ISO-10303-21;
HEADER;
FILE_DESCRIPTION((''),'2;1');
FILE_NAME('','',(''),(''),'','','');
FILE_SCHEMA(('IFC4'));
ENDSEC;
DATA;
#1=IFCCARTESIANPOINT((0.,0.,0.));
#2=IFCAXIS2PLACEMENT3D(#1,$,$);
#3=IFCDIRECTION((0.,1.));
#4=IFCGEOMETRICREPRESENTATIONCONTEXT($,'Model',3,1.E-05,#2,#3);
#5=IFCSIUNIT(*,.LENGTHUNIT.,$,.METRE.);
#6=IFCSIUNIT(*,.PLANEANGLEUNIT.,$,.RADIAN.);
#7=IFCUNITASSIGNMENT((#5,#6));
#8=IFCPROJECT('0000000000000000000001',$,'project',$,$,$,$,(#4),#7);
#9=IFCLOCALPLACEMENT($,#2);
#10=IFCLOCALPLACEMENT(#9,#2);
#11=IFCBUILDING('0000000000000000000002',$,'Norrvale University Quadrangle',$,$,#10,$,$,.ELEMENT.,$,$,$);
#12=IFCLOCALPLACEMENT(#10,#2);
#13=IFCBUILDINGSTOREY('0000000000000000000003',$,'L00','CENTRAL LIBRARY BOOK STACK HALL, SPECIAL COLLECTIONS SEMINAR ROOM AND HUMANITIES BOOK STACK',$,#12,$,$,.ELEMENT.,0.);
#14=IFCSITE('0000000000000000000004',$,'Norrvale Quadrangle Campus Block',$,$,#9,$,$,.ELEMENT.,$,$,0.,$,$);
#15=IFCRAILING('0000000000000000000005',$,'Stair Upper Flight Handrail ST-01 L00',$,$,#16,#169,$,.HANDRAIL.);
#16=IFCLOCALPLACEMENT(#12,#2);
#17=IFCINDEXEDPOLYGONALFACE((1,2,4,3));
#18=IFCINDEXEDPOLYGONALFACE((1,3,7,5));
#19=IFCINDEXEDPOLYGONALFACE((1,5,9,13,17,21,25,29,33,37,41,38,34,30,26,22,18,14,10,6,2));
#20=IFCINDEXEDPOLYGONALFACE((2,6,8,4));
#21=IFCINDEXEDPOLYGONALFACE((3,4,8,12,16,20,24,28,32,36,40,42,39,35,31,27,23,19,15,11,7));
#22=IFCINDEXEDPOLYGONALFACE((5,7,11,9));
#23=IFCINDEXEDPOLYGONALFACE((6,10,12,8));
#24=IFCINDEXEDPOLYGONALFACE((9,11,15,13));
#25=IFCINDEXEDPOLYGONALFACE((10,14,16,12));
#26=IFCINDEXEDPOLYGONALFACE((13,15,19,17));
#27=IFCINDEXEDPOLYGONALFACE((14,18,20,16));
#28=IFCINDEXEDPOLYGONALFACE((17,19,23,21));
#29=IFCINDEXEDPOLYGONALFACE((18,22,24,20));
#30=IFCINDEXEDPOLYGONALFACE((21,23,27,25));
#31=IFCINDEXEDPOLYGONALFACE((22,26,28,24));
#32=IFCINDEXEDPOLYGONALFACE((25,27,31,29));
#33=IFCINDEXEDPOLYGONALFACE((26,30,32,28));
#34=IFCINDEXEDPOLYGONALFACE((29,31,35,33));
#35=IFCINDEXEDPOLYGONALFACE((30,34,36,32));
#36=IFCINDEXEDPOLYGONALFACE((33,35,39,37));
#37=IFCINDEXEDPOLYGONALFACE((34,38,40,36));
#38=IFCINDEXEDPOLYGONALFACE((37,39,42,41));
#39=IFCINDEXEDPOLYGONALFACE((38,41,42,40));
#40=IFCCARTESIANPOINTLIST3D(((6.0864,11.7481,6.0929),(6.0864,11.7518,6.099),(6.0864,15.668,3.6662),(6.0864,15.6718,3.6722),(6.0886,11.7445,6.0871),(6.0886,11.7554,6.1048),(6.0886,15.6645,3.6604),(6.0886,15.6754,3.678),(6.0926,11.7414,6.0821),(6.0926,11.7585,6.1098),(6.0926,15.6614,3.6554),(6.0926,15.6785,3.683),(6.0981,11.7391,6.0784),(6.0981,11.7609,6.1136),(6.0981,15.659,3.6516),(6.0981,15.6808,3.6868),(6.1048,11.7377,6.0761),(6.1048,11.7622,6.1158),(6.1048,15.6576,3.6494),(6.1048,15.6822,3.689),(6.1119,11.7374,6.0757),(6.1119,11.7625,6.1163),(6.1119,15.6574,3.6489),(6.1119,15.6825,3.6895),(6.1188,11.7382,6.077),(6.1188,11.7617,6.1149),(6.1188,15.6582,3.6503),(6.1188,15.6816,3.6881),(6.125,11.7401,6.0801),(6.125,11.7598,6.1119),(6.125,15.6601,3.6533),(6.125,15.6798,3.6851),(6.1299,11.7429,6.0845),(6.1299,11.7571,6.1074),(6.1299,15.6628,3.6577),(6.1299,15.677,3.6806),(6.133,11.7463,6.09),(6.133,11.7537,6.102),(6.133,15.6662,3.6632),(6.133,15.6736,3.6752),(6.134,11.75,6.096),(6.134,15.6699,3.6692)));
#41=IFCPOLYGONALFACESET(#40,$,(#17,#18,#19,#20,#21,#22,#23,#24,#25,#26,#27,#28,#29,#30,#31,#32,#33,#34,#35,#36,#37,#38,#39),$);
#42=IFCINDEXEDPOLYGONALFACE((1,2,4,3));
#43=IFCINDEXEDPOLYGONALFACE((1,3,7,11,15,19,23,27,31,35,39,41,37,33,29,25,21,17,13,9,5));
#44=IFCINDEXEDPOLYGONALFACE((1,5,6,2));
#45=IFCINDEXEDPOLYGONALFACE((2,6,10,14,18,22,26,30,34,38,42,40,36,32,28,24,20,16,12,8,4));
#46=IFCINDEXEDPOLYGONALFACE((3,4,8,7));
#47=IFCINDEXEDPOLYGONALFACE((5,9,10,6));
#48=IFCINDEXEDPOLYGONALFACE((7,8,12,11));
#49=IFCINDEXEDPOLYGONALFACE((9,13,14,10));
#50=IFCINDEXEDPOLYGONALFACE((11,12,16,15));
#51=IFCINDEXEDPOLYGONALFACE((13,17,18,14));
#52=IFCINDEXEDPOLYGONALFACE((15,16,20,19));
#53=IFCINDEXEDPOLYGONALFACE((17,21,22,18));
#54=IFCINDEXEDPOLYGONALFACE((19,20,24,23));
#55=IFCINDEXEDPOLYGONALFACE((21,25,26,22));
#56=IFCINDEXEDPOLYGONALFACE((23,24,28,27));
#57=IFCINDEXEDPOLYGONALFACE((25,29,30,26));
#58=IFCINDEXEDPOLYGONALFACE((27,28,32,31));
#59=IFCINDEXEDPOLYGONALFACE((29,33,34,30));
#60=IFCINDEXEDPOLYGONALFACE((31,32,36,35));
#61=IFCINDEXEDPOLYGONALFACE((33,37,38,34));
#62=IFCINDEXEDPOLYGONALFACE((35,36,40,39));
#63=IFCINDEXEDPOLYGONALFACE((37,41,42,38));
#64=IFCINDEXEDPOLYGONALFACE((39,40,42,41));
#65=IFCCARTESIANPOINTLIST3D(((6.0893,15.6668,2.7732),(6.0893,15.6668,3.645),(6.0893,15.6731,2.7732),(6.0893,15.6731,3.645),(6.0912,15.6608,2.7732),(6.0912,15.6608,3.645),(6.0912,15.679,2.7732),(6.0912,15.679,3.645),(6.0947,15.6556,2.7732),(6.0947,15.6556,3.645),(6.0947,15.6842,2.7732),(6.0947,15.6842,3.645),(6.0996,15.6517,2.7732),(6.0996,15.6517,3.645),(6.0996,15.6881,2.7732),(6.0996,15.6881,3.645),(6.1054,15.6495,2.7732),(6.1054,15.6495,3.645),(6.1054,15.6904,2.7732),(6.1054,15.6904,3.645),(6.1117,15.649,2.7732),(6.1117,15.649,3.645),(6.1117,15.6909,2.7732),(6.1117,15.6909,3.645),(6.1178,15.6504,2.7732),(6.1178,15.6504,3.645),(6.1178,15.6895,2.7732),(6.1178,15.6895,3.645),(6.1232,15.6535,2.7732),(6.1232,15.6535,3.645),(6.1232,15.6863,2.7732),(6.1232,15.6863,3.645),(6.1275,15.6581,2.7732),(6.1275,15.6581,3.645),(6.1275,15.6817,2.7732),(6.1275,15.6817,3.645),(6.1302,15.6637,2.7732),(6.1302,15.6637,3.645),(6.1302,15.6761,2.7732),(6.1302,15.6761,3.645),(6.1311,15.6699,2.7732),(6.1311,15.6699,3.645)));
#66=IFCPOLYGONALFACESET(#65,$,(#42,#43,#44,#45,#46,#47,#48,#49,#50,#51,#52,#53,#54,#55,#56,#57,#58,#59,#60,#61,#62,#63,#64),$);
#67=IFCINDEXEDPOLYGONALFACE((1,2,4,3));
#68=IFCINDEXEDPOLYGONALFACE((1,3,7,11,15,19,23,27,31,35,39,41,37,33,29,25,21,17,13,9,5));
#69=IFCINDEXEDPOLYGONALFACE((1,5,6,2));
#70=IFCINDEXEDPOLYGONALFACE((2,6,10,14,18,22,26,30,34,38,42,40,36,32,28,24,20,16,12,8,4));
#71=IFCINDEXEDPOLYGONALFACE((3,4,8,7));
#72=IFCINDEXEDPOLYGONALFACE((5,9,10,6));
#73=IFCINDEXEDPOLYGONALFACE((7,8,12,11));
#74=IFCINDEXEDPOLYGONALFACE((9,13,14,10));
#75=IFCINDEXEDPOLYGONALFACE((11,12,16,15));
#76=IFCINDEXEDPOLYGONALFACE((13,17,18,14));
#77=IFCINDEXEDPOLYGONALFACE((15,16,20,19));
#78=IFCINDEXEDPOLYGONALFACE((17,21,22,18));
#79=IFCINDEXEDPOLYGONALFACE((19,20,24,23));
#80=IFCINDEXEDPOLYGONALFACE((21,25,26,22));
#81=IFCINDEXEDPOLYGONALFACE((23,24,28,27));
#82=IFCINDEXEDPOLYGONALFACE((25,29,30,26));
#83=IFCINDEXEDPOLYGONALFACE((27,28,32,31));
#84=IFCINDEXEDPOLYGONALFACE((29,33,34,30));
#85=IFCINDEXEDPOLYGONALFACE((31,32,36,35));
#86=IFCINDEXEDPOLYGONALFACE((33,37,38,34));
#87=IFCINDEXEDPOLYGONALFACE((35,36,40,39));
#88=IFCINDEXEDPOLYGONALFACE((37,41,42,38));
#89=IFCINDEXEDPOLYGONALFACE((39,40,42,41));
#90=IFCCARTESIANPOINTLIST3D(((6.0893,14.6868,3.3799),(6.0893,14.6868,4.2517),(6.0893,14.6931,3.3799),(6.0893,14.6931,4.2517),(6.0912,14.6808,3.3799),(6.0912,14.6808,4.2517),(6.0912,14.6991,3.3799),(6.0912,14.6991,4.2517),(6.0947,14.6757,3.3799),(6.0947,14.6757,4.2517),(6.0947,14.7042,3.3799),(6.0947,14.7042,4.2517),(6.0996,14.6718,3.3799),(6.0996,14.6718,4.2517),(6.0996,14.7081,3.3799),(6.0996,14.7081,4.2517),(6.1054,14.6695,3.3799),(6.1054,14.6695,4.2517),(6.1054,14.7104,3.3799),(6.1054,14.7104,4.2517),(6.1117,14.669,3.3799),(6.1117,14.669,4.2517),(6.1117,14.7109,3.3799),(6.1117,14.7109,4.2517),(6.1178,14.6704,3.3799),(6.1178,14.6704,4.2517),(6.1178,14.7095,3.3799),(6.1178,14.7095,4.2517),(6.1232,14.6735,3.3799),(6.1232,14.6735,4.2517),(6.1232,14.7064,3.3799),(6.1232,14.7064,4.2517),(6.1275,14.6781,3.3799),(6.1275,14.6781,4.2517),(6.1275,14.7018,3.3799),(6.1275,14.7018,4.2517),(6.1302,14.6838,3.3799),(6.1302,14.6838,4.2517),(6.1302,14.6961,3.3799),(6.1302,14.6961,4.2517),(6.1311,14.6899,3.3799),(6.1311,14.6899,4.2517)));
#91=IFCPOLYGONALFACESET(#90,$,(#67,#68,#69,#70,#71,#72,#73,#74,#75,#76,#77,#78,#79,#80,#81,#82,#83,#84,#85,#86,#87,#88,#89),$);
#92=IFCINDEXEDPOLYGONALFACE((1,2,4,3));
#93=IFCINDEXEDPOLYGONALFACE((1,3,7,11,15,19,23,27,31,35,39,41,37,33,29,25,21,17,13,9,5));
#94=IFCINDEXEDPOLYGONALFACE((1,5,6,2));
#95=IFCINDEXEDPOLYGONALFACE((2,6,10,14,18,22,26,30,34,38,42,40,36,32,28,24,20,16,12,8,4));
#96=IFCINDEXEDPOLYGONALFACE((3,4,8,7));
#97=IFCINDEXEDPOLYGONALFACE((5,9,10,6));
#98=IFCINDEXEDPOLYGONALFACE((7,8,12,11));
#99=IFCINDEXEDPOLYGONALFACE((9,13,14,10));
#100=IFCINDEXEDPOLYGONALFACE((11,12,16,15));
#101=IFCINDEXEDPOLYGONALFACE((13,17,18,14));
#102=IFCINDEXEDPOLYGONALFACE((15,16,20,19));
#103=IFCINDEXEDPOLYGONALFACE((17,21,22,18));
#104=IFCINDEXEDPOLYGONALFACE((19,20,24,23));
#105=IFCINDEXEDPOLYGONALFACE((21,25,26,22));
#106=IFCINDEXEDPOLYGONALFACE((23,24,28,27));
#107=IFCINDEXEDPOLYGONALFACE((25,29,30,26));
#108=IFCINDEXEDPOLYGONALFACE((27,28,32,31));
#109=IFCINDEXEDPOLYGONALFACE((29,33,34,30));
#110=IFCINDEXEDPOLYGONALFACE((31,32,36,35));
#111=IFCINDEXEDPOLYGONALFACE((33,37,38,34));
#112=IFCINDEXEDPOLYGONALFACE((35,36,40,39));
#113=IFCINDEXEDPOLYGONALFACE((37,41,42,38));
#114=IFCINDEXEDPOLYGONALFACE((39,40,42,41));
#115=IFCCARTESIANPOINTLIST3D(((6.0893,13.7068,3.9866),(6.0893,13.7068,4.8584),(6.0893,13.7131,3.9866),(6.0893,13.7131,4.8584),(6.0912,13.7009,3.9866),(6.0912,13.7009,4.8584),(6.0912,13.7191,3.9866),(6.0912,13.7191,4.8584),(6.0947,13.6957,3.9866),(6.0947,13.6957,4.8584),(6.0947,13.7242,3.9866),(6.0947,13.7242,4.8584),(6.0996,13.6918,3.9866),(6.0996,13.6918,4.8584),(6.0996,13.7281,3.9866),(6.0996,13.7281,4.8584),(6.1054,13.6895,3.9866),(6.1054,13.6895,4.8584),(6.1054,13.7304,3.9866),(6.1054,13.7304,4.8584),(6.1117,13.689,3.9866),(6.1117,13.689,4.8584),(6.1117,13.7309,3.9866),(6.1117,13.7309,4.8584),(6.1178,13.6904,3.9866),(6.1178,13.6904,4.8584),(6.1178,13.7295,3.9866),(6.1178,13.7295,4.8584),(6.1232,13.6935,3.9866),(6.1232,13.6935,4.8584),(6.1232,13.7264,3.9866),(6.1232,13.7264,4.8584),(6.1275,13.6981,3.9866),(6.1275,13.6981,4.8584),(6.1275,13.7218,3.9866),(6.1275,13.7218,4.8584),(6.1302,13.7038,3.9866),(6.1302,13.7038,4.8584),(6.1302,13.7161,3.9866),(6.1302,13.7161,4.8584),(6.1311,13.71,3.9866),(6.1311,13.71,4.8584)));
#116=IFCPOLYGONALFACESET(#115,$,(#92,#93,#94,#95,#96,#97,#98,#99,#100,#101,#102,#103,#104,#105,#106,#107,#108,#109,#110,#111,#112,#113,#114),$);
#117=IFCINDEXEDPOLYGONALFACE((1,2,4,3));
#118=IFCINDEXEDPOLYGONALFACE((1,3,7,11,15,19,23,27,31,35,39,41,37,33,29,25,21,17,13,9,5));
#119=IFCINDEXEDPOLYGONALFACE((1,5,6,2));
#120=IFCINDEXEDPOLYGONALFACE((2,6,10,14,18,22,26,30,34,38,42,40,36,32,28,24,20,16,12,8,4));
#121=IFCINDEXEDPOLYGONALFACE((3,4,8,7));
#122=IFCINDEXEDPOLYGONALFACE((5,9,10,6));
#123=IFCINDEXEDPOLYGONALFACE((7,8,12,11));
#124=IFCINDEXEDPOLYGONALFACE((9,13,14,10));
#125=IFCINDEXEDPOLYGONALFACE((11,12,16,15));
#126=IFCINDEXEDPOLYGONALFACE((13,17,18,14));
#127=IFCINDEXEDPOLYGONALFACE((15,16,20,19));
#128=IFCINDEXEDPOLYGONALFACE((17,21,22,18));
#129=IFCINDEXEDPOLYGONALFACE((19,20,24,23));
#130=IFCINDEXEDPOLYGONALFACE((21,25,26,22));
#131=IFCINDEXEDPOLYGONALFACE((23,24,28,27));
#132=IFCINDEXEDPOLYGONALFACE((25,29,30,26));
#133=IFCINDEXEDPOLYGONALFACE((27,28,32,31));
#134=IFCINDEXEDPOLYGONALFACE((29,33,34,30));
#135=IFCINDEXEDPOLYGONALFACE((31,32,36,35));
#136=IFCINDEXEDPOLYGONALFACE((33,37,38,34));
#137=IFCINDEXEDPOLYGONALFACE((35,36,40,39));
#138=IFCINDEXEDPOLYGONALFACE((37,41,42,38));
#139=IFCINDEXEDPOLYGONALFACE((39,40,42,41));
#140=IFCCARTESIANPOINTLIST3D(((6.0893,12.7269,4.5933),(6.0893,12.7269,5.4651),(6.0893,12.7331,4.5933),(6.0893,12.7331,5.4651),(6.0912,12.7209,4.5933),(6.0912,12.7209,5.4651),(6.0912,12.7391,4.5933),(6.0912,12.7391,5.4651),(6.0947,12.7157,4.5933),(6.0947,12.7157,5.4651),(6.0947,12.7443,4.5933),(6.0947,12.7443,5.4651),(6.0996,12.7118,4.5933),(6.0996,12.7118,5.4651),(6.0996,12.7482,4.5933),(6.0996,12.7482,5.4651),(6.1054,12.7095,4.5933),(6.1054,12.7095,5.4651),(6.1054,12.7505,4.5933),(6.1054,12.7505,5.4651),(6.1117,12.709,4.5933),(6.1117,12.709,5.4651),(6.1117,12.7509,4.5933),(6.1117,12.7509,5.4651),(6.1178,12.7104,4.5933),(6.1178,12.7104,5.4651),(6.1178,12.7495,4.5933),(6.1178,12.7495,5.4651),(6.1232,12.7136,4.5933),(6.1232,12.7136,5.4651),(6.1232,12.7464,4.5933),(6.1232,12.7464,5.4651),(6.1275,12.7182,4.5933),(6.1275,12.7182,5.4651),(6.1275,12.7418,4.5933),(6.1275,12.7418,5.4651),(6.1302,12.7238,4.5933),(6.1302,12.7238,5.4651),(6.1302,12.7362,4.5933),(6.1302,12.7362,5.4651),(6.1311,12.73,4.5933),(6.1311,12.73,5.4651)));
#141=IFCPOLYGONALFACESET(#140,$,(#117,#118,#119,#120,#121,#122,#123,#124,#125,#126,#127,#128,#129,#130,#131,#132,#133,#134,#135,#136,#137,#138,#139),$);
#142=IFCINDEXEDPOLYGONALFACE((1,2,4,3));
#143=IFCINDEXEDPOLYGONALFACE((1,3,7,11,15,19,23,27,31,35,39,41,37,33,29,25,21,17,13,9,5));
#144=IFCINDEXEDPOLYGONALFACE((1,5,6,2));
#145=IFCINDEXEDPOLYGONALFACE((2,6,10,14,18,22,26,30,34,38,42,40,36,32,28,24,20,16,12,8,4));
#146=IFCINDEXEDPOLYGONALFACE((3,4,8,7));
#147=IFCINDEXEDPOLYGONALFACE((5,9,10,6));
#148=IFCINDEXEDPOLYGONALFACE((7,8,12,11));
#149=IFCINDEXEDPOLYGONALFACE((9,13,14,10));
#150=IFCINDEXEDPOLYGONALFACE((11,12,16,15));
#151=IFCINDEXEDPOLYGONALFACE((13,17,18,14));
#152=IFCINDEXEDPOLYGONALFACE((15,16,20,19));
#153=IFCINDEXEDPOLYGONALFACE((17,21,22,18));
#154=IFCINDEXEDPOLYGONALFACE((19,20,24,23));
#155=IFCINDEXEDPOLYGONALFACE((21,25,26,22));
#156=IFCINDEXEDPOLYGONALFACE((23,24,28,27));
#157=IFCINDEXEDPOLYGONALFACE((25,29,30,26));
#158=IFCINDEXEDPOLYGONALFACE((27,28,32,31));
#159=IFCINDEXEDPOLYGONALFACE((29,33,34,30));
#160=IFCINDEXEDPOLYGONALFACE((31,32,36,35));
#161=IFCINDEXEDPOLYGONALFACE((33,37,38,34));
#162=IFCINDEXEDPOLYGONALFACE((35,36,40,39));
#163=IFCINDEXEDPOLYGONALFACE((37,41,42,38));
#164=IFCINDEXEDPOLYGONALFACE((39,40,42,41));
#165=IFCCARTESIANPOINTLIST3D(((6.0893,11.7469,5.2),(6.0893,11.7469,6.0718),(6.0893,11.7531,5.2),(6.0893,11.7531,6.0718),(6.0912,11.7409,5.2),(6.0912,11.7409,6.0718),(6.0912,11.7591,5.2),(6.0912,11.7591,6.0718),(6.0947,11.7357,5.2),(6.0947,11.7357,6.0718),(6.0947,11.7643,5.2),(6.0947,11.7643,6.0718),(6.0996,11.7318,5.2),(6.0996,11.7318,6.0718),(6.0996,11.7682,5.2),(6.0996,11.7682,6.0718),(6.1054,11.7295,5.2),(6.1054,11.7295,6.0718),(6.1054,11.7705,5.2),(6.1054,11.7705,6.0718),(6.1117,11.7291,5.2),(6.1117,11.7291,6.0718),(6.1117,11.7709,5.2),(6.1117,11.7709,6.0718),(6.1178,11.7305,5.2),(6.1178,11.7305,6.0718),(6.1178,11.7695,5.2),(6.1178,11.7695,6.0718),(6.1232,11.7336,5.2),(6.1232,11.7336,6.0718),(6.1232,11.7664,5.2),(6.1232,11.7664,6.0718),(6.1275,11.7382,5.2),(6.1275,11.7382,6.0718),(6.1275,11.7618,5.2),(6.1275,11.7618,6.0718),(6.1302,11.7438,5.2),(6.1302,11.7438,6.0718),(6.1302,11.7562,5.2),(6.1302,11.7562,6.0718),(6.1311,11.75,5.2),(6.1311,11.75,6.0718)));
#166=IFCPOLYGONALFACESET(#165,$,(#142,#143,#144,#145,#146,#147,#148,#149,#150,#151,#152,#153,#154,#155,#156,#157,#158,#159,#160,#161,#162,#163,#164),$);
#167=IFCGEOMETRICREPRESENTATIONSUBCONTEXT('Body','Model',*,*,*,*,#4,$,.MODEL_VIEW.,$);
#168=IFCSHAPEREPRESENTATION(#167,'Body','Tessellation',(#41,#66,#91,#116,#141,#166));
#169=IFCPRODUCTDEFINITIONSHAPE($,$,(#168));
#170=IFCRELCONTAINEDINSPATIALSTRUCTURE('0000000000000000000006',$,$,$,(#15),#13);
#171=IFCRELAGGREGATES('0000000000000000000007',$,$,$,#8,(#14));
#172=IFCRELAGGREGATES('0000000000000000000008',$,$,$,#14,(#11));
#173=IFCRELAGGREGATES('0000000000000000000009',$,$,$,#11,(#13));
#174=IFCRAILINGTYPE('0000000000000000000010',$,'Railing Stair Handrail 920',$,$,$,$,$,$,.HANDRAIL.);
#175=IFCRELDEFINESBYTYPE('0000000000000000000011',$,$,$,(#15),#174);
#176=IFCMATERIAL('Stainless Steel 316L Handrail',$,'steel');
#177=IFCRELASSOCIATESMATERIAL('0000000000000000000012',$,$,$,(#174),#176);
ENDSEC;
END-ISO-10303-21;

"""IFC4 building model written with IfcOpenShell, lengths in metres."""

from ifc_helpers import new_model, si_unit, direction, frame, origin, origin_2d, place, context, subcontext, project, spatial, circle, extrude, material, type_object, element, save


model = new_model("IFC4")

# Units and contexts
model_context = context("Model", 3, precision=1e-05, world=origin(), true_north=direction((0.0, 1.0)))
body_context = subcontext(model_context, "Body", "Model", "MODEL_VIEW")
ifc_project = project(units=[si_unit("LENGTHUNIT", "METRE"), si_unit("PLANEANGLEUNIT", "RADIAN")], contexts=[model_context])

# Site, building, storey
site_placement = place(None, origin())
site = spatial("IfcSite", under=ifc_project, at=site_placement, Name="Norrvale Quadrangle Campus Block", CompositionType="ELEMENT", RefElevation=0.0)
building_placement = place(site_placement, origin())
building = spatial("IfcBuilding", under=site, at=building_placement, Name="Norrvale University Quadrangle", CompositionType="ELEMENT")
storey_placement = place(building_placement, origin())
storey = spatial("IfcBuildingStorey", under=building, at=storey_placement, Name="L00", Description="CENTRAL LIBRARY BOOK STACK HALL, SPECIAL COLLECTIONS SEMINAR ROOM AND HUMANITIES BOOK STACK", CompositionType="ELEMENT", Elevation=0.0)

# Railing
ifc_material_1 = material(Name="Stainless Steel 316L Handrail", Category="steel")
railing_type_1 = type_object("IfcRailingType", Name="Railing Stair Handrail 920", PredefinedType="HANDRAIL", material=ifc_material_1)
railing_1_placement = place(storey_placement, frame((6.1101, 15.6699, 2.7732)))
element("IfcRailing", 1, at=railing_1_placement, inside=storey, type_object=railing_type_1, Name="Stair Upper Flight Handrail ST-01 L00", PredefinedType="HANDRAIL", context=body_context, shape_type="SweptSolid", body=[
    extrude(circle(Radius=0.0239, at=origin_2d()), frame((0.0, 0.0, 0.896), z_axis=(0.0, -0.850252, 0.526376), x_axis=(1.0, 0.0, 0.0)), (0.0, 0.0, 1.0), 4.6104),
    extrude(circle(Radius=0.021, at=origin_2d()), origin(), (0.0, 0.0, 1.0), 0.8718),
    extrude(circle(Radius=0.021, at=origin_2d()), frame((0.0, -0.98, 0.6067)), (0.0, 0.0, 1.0), 0.8718),
    extrude(circle(Radius=0.021, at=origin_2d()), frame((0.0, -1.96, 1.2134)), (0.0, 0.0, 1.0), 0.8718),
    extrude(circle(Radius=0.021, at=origin_2d()), frame((0.0, -2.9399, 1.8201)), (0.0, 0.0, 1.0), 0.8718),
    extrude(circle(Radius=0.021, at=origin_2d()), frame((0.0, -3.9199, 2.4268)), (0.0, 0.0, 1.0), 0.8718),
])

save(model, "model.ifc")
